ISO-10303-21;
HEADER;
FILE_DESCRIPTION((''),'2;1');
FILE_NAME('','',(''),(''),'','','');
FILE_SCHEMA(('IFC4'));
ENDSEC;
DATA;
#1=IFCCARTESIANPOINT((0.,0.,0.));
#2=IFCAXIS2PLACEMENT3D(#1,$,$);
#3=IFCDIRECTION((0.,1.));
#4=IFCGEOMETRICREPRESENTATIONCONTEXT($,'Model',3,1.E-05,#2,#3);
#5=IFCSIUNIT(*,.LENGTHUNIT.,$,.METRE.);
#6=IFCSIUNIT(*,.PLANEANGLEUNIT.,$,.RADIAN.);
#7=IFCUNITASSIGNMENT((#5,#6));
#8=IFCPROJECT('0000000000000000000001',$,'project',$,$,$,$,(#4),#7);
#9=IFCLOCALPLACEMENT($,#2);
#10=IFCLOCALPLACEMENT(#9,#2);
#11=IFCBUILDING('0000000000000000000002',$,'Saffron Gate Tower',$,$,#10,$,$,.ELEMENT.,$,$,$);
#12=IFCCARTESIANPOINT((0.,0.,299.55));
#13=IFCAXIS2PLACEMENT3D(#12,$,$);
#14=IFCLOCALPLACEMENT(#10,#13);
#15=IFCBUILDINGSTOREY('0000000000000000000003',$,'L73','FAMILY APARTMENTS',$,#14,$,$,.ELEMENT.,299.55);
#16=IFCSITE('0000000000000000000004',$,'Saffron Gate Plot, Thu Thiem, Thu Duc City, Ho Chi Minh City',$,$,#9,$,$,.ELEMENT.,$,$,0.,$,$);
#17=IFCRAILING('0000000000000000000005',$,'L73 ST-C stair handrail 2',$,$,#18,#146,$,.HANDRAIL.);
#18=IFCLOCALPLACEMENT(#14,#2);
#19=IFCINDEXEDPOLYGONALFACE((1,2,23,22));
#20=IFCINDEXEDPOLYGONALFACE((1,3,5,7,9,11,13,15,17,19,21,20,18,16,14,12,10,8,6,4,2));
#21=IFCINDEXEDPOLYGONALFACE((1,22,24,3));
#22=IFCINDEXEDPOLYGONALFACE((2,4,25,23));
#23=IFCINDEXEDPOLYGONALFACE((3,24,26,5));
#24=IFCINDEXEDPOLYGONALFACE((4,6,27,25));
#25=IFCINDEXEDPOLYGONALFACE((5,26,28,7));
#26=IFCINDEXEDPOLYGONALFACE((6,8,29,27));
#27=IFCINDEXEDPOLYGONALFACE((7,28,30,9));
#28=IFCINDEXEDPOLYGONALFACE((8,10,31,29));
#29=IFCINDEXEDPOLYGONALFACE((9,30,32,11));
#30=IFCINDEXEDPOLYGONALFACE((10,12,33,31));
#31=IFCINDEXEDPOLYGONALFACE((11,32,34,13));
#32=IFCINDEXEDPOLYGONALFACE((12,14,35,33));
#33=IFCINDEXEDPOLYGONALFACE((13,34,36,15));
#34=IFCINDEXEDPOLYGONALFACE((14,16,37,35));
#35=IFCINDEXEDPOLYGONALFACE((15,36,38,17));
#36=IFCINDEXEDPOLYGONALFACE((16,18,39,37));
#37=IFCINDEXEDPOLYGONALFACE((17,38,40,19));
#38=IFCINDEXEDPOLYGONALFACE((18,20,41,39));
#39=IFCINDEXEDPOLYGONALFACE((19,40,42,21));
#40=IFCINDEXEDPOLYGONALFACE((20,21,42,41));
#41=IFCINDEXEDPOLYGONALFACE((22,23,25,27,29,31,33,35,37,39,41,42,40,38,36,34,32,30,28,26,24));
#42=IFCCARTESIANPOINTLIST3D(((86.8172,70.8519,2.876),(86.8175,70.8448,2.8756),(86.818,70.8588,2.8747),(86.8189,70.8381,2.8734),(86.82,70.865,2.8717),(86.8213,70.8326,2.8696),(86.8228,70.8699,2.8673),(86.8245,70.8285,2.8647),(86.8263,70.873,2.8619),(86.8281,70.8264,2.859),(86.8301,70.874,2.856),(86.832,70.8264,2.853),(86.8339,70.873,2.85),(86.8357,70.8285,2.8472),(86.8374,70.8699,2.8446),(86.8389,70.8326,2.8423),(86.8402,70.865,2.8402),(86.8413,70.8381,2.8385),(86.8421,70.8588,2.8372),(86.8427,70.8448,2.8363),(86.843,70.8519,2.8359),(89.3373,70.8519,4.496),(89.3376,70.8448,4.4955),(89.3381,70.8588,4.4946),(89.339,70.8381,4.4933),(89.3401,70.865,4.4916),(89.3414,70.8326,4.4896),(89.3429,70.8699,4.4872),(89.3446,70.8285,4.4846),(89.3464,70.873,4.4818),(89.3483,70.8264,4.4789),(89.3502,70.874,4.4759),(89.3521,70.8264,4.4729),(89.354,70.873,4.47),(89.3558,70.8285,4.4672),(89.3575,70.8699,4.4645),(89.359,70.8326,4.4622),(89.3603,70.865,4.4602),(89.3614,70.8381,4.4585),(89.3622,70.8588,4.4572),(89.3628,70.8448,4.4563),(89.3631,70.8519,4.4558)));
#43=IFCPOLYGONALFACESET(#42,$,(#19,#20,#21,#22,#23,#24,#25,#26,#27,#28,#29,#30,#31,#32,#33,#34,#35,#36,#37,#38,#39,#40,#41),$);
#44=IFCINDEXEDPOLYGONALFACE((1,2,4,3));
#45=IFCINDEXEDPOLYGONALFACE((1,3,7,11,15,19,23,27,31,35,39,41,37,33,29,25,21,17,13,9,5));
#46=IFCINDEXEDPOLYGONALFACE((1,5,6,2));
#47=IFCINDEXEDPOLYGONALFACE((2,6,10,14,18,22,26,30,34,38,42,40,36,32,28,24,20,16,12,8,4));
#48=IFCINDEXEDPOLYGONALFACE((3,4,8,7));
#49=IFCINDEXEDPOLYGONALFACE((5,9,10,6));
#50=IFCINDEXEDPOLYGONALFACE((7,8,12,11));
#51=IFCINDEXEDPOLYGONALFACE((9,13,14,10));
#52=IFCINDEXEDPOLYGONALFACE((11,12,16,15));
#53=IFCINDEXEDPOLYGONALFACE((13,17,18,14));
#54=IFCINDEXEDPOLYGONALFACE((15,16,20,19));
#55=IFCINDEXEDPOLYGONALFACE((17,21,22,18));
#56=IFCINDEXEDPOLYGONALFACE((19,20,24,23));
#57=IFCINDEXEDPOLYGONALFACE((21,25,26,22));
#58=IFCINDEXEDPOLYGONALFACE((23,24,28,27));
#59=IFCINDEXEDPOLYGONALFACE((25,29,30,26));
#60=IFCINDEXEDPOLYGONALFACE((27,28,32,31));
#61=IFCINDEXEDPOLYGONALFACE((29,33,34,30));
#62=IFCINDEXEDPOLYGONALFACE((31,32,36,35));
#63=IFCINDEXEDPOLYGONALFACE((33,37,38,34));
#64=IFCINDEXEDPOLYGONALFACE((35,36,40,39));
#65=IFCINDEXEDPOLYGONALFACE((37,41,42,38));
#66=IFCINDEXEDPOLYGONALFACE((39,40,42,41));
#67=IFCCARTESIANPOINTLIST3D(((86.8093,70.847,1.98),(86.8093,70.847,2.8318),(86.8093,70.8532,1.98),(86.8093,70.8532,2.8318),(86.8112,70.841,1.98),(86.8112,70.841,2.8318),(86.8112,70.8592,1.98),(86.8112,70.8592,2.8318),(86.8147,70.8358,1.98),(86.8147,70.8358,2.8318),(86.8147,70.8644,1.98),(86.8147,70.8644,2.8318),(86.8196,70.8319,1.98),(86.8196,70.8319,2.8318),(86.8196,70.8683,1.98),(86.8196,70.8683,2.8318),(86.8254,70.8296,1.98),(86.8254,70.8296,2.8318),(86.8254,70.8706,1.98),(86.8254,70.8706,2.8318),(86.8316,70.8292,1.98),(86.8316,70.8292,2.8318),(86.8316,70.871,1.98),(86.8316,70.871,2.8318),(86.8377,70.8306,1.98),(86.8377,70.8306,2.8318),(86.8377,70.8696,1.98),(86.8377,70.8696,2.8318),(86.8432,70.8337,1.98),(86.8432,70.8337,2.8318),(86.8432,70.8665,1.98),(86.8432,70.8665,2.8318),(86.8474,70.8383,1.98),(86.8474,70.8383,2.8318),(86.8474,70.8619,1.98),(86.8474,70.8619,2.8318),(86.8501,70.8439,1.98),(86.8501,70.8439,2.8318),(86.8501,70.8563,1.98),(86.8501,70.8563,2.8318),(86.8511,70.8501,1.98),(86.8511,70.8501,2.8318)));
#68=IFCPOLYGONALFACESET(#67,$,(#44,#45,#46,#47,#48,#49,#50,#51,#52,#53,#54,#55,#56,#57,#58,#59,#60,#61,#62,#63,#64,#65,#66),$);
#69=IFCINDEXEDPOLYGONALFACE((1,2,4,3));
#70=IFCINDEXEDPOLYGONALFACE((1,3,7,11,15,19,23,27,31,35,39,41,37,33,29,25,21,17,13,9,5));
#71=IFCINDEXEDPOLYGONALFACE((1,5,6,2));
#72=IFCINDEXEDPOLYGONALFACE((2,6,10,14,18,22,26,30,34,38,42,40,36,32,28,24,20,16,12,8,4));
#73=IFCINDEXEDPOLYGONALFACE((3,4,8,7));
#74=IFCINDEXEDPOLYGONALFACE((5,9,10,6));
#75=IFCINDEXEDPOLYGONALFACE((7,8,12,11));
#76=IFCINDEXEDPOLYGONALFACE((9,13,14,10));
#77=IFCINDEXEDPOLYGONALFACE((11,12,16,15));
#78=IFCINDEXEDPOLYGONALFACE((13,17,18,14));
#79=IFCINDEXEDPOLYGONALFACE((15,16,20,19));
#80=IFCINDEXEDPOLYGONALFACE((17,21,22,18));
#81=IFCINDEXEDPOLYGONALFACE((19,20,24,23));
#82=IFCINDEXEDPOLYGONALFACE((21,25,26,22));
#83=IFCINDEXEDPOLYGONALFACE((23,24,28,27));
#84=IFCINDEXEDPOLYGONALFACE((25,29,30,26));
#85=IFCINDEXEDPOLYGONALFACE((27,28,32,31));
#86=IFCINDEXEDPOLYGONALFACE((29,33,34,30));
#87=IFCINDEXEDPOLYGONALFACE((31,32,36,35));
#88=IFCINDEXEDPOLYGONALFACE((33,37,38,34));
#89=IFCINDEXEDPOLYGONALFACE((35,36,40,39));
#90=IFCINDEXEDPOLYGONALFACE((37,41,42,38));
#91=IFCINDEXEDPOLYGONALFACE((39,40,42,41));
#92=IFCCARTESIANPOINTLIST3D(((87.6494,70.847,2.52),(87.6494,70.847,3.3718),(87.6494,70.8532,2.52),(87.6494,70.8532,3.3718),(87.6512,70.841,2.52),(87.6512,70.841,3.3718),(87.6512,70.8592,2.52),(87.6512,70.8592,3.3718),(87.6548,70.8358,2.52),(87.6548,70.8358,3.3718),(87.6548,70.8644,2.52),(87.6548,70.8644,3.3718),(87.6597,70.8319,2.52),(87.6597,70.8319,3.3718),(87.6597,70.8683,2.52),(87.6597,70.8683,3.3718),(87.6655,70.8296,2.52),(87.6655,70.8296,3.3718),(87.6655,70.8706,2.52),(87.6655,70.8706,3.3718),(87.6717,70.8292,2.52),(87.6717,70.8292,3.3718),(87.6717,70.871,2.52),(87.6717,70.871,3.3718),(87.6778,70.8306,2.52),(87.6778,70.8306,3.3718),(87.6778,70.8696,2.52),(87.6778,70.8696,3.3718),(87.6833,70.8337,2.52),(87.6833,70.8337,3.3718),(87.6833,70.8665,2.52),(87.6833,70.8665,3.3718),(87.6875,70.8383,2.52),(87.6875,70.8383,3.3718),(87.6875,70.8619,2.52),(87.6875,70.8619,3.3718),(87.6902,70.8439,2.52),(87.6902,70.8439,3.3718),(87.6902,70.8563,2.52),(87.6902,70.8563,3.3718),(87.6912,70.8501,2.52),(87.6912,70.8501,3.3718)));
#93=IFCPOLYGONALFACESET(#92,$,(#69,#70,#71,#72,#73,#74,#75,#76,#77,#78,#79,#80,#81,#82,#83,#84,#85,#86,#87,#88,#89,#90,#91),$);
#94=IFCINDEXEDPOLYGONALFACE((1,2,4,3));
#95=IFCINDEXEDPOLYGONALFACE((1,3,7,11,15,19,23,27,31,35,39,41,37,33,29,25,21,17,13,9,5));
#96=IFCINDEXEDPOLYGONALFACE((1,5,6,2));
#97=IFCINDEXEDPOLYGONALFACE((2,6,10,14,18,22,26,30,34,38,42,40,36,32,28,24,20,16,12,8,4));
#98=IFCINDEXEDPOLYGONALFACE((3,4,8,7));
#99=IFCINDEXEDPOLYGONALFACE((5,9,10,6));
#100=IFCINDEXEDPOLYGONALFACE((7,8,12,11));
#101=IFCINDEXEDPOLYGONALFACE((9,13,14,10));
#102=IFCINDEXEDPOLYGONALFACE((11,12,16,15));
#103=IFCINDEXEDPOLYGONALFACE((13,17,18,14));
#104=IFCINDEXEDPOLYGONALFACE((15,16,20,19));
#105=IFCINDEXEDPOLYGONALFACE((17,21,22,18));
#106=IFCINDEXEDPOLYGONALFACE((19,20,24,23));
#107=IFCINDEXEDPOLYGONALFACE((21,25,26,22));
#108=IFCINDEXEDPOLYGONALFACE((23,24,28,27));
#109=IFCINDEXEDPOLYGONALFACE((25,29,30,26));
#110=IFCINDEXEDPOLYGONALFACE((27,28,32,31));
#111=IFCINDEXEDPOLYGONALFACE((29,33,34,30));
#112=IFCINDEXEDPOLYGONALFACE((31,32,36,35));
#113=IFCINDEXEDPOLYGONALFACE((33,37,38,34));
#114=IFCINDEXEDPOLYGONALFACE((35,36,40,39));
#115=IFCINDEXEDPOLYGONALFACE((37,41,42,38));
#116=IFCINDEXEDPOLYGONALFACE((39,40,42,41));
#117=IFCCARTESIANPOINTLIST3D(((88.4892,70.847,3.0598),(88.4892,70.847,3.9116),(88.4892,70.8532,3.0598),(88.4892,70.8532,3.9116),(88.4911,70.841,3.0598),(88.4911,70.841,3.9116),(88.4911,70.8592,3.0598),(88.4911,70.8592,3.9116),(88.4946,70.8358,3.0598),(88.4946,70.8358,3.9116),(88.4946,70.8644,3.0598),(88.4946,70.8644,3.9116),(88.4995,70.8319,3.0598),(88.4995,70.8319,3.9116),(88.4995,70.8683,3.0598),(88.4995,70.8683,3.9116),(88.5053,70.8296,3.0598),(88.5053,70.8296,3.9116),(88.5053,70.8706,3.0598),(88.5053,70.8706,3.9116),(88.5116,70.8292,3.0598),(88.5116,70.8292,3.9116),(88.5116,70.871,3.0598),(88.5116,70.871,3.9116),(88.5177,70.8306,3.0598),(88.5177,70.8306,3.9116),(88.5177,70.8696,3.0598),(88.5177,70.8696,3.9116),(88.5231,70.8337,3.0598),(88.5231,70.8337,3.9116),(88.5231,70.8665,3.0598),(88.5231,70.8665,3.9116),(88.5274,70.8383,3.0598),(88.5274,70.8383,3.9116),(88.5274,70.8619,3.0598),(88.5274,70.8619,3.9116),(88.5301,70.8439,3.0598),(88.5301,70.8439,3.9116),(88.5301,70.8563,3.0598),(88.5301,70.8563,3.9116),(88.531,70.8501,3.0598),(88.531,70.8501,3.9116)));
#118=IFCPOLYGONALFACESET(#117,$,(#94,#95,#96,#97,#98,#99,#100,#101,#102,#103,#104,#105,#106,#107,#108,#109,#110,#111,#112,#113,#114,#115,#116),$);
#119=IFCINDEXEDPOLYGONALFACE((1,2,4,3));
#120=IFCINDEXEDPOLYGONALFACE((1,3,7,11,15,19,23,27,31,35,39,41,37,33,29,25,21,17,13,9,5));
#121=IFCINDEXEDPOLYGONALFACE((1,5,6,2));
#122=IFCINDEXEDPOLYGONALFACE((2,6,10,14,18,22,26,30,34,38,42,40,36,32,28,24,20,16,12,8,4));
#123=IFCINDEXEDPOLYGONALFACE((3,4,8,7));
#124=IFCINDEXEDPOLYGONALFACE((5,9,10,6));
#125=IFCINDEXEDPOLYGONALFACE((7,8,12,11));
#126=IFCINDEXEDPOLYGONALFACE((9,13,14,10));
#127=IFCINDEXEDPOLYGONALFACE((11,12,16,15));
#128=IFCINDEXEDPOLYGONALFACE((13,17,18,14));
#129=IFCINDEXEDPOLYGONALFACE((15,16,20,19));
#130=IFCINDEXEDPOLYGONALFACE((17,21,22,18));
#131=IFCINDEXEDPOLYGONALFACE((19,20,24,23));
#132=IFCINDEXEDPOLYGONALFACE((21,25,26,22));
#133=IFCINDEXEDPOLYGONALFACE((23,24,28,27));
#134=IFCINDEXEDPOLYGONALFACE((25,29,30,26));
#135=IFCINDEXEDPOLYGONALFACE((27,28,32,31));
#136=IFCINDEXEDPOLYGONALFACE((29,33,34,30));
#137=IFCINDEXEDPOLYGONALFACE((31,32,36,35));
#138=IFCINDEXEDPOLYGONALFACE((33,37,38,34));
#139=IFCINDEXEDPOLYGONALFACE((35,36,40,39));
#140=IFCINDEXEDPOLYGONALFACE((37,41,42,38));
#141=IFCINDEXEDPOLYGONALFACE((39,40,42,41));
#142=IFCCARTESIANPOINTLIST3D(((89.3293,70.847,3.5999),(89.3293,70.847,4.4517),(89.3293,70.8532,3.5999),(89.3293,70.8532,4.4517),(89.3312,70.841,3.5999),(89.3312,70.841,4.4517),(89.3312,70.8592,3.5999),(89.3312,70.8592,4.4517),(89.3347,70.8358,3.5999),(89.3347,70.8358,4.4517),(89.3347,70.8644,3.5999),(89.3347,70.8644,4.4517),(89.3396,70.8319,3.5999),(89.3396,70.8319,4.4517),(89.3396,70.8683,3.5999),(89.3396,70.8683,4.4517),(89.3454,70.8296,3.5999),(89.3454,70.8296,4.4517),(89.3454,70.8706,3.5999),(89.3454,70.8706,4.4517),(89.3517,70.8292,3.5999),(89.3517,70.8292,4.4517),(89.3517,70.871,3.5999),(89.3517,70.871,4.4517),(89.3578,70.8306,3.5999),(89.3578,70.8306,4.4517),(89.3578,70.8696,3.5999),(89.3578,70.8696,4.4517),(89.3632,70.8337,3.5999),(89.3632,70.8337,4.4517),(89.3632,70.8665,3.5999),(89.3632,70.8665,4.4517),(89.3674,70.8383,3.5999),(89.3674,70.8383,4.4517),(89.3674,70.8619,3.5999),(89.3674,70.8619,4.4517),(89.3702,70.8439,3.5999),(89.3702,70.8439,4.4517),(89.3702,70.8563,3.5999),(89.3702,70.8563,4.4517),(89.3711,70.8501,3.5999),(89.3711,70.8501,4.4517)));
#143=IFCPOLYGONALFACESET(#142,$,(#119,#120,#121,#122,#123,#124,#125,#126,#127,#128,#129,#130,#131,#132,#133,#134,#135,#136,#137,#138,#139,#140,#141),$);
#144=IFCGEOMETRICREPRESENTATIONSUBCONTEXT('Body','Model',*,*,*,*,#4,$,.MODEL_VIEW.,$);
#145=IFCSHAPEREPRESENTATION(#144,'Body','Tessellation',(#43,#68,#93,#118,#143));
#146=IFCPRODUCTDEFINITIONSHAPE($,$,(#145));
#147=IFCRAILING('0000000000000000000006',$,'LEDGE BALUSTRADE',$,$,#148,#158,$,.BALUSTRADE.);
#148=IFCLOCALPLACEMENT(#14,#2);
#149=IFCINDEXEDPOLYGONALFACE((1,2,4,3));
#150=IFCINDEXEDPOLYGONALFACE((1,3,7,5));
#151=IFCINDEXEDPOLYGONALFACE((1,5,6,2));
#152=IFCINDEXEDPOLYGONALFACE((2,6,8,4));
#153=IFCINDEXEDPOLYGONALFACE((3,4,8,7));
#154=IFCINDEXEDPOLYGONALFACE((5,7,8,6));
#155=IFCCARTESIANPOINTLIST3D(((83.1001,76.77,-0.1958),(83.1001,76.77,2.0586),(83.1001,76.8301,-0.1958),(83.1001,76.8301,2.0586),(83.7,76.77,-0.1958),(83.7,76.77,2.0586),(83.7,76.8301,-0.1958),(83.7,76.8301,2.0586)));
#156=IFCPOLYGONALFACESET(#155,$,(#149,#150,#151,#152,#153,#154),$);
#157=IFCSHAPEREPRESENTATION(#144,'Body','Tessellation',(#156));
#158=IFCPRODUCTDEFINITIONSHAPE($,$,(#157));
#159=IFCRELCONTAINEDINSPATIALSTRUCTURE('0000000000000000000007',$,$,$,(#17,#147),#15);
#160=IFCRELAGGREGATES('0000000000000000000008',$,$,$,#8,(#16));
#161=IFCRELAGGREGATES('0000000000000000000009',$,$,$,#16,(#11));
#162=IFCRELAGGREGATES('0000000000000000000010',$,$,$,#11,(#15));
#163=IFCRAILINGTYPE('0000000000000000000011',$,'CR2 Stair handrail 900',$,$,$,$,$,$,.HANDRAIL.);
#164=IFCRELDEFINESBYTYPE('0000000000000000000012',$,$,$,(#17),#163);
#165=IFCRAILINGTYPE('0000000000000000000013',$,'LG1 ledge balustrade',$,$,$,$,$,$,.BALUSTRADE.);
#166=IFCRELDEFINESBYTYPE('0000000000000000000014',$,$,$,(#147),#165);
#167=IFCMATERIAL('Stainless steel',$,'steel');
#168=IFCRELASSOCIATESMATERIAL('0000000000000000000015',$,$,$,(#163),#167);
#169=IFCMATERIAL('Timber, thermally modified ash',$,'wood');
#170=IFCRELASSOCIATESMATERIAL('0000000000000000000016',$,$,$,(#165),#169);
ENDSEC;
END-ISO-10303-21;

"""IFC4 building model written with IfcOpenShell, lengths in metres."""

from ifc_helpers import new_model, si_unit, direction, frame, origin, origin_2d, place, context, subcontext, project, spatial, rectangle, circle, extrude, material, type_object, element, save


model = new_model("IFC4")

# Units and contexts
model_context = context("Model", 3, precision=1e-05, world=origin(), true_north=direction((0.0, 1.0)))
body_context = subcontext(model_context, "Body", "Model", "MODEL_VIEW")
ifc_project = project(units=[si_unit("LENGTHUNIT", "METRE"), si_unit("PLANEANGLEUNIT", "RADIAN")], contexts=[model_context])

# Site, building, storey
site_placement = place(None, origin())
site = spatial("IfcSite", under=ifc_project, at=site_placement, Name="Saffron Gate Plot, Thu Thiem, Thu Duc City, Ho Chi Minh City", CompositionType="ELEMENT", RefElevation=0.0)
building_placement = place(site_placement, origin())
building = spatial("IfcBuilding", under=site, at=building_placement, Name="Saffron Gate Tower", CompositionType="ELEMENT")
storey_placement = place(building_placement, frame((0.0, 0.0, 299.55)))
storey = spatial("IfcBuildingStorey", under=building, at=storey_placement, Name="L73", Description="FAMILY APARTMENTS", CompositionType="ELEMENT", Elevation=299.55)

# Railings
ifc_material_1 = material(Name="Stainless steel", Category="steel")
railing_type_1 = type_object("IfcRailingType", Name="CR2 Stair handrail 900", PredefinedType="HANDRAIL", material=ifc_material_1)
railing_1_placement = place(storey_placement, frame((86.8301, 70.8501, 1.98)))
element("IfcRailing", 1, at=railing_1_placement, inside=storey, type_object=railing_type_1, Name="L73 ST-C stair handrail 2", PredefinedType="HANDRAIL", context=body_context, shape_type="SweptSolid", body=[
    extrude(circle(Radius=0.0239, at=origin_2d()), frame((0.0, 0.0, 0.876), z_axis=(0.8412, 0.0, 0.540725), x_axis=(0.0, 1.0, 0.0)), (0.0, 0.0, 1.0), 2.9958),
    extrude(circle(Radius=0.021, at=origin_2d()), origin(), (0.0, 0.0, 1.0), 0.8518),
    extrude(circle(Radius=0.021, at=origin_2d()), frame((0.8401, 0.0, 0.54)), (0.0, 0.0, 1.0), 0.8518),
    extrude(circle(Radius=0.021, at=origin_2d()), frame((1.6799, 0.0, 1.0798)), (0.0, 0.0, 1.0), 0.8518),
    extrude(circle(Radius=0.021, at=origin_2d()), frame((2.52, 0.0, 1.6199)), (0.0, 0.0, 1.0), 0.8518),
])
ifc_material_2 = material(Name="Timber, thermally modified ash", Category="wood")
railing_type_2 = type_object("IfcRailingType", Name="LG1 ledge balustrade", PredefinedType="BALUSTRADE", material=ifc_material_2)
railing_2_placement = place(storey_placement, frame((83.7, 76.8, -0.1958)))
element("IfcRailing", 2, at=railing_2_placement, inside=storey, type_object=railing_type_2, Name="LEDGE BALUSTRADE", PredefinedType="BALUSTRADE", context=body_context, shape_type="SweptSolid", body=[
    extrude(rectangle(XDim=0.0601, YDim=2.2544, at=origin_2d()), frame((0.0, 0.0, 1.1272), z_axis=(-1.0, 0.0, 0.0), x_axis=(0.0, -1.0, 0.0)), (0.0, 0.0, 1.0), 0.5999),
])

save(model, "model.ifc")
